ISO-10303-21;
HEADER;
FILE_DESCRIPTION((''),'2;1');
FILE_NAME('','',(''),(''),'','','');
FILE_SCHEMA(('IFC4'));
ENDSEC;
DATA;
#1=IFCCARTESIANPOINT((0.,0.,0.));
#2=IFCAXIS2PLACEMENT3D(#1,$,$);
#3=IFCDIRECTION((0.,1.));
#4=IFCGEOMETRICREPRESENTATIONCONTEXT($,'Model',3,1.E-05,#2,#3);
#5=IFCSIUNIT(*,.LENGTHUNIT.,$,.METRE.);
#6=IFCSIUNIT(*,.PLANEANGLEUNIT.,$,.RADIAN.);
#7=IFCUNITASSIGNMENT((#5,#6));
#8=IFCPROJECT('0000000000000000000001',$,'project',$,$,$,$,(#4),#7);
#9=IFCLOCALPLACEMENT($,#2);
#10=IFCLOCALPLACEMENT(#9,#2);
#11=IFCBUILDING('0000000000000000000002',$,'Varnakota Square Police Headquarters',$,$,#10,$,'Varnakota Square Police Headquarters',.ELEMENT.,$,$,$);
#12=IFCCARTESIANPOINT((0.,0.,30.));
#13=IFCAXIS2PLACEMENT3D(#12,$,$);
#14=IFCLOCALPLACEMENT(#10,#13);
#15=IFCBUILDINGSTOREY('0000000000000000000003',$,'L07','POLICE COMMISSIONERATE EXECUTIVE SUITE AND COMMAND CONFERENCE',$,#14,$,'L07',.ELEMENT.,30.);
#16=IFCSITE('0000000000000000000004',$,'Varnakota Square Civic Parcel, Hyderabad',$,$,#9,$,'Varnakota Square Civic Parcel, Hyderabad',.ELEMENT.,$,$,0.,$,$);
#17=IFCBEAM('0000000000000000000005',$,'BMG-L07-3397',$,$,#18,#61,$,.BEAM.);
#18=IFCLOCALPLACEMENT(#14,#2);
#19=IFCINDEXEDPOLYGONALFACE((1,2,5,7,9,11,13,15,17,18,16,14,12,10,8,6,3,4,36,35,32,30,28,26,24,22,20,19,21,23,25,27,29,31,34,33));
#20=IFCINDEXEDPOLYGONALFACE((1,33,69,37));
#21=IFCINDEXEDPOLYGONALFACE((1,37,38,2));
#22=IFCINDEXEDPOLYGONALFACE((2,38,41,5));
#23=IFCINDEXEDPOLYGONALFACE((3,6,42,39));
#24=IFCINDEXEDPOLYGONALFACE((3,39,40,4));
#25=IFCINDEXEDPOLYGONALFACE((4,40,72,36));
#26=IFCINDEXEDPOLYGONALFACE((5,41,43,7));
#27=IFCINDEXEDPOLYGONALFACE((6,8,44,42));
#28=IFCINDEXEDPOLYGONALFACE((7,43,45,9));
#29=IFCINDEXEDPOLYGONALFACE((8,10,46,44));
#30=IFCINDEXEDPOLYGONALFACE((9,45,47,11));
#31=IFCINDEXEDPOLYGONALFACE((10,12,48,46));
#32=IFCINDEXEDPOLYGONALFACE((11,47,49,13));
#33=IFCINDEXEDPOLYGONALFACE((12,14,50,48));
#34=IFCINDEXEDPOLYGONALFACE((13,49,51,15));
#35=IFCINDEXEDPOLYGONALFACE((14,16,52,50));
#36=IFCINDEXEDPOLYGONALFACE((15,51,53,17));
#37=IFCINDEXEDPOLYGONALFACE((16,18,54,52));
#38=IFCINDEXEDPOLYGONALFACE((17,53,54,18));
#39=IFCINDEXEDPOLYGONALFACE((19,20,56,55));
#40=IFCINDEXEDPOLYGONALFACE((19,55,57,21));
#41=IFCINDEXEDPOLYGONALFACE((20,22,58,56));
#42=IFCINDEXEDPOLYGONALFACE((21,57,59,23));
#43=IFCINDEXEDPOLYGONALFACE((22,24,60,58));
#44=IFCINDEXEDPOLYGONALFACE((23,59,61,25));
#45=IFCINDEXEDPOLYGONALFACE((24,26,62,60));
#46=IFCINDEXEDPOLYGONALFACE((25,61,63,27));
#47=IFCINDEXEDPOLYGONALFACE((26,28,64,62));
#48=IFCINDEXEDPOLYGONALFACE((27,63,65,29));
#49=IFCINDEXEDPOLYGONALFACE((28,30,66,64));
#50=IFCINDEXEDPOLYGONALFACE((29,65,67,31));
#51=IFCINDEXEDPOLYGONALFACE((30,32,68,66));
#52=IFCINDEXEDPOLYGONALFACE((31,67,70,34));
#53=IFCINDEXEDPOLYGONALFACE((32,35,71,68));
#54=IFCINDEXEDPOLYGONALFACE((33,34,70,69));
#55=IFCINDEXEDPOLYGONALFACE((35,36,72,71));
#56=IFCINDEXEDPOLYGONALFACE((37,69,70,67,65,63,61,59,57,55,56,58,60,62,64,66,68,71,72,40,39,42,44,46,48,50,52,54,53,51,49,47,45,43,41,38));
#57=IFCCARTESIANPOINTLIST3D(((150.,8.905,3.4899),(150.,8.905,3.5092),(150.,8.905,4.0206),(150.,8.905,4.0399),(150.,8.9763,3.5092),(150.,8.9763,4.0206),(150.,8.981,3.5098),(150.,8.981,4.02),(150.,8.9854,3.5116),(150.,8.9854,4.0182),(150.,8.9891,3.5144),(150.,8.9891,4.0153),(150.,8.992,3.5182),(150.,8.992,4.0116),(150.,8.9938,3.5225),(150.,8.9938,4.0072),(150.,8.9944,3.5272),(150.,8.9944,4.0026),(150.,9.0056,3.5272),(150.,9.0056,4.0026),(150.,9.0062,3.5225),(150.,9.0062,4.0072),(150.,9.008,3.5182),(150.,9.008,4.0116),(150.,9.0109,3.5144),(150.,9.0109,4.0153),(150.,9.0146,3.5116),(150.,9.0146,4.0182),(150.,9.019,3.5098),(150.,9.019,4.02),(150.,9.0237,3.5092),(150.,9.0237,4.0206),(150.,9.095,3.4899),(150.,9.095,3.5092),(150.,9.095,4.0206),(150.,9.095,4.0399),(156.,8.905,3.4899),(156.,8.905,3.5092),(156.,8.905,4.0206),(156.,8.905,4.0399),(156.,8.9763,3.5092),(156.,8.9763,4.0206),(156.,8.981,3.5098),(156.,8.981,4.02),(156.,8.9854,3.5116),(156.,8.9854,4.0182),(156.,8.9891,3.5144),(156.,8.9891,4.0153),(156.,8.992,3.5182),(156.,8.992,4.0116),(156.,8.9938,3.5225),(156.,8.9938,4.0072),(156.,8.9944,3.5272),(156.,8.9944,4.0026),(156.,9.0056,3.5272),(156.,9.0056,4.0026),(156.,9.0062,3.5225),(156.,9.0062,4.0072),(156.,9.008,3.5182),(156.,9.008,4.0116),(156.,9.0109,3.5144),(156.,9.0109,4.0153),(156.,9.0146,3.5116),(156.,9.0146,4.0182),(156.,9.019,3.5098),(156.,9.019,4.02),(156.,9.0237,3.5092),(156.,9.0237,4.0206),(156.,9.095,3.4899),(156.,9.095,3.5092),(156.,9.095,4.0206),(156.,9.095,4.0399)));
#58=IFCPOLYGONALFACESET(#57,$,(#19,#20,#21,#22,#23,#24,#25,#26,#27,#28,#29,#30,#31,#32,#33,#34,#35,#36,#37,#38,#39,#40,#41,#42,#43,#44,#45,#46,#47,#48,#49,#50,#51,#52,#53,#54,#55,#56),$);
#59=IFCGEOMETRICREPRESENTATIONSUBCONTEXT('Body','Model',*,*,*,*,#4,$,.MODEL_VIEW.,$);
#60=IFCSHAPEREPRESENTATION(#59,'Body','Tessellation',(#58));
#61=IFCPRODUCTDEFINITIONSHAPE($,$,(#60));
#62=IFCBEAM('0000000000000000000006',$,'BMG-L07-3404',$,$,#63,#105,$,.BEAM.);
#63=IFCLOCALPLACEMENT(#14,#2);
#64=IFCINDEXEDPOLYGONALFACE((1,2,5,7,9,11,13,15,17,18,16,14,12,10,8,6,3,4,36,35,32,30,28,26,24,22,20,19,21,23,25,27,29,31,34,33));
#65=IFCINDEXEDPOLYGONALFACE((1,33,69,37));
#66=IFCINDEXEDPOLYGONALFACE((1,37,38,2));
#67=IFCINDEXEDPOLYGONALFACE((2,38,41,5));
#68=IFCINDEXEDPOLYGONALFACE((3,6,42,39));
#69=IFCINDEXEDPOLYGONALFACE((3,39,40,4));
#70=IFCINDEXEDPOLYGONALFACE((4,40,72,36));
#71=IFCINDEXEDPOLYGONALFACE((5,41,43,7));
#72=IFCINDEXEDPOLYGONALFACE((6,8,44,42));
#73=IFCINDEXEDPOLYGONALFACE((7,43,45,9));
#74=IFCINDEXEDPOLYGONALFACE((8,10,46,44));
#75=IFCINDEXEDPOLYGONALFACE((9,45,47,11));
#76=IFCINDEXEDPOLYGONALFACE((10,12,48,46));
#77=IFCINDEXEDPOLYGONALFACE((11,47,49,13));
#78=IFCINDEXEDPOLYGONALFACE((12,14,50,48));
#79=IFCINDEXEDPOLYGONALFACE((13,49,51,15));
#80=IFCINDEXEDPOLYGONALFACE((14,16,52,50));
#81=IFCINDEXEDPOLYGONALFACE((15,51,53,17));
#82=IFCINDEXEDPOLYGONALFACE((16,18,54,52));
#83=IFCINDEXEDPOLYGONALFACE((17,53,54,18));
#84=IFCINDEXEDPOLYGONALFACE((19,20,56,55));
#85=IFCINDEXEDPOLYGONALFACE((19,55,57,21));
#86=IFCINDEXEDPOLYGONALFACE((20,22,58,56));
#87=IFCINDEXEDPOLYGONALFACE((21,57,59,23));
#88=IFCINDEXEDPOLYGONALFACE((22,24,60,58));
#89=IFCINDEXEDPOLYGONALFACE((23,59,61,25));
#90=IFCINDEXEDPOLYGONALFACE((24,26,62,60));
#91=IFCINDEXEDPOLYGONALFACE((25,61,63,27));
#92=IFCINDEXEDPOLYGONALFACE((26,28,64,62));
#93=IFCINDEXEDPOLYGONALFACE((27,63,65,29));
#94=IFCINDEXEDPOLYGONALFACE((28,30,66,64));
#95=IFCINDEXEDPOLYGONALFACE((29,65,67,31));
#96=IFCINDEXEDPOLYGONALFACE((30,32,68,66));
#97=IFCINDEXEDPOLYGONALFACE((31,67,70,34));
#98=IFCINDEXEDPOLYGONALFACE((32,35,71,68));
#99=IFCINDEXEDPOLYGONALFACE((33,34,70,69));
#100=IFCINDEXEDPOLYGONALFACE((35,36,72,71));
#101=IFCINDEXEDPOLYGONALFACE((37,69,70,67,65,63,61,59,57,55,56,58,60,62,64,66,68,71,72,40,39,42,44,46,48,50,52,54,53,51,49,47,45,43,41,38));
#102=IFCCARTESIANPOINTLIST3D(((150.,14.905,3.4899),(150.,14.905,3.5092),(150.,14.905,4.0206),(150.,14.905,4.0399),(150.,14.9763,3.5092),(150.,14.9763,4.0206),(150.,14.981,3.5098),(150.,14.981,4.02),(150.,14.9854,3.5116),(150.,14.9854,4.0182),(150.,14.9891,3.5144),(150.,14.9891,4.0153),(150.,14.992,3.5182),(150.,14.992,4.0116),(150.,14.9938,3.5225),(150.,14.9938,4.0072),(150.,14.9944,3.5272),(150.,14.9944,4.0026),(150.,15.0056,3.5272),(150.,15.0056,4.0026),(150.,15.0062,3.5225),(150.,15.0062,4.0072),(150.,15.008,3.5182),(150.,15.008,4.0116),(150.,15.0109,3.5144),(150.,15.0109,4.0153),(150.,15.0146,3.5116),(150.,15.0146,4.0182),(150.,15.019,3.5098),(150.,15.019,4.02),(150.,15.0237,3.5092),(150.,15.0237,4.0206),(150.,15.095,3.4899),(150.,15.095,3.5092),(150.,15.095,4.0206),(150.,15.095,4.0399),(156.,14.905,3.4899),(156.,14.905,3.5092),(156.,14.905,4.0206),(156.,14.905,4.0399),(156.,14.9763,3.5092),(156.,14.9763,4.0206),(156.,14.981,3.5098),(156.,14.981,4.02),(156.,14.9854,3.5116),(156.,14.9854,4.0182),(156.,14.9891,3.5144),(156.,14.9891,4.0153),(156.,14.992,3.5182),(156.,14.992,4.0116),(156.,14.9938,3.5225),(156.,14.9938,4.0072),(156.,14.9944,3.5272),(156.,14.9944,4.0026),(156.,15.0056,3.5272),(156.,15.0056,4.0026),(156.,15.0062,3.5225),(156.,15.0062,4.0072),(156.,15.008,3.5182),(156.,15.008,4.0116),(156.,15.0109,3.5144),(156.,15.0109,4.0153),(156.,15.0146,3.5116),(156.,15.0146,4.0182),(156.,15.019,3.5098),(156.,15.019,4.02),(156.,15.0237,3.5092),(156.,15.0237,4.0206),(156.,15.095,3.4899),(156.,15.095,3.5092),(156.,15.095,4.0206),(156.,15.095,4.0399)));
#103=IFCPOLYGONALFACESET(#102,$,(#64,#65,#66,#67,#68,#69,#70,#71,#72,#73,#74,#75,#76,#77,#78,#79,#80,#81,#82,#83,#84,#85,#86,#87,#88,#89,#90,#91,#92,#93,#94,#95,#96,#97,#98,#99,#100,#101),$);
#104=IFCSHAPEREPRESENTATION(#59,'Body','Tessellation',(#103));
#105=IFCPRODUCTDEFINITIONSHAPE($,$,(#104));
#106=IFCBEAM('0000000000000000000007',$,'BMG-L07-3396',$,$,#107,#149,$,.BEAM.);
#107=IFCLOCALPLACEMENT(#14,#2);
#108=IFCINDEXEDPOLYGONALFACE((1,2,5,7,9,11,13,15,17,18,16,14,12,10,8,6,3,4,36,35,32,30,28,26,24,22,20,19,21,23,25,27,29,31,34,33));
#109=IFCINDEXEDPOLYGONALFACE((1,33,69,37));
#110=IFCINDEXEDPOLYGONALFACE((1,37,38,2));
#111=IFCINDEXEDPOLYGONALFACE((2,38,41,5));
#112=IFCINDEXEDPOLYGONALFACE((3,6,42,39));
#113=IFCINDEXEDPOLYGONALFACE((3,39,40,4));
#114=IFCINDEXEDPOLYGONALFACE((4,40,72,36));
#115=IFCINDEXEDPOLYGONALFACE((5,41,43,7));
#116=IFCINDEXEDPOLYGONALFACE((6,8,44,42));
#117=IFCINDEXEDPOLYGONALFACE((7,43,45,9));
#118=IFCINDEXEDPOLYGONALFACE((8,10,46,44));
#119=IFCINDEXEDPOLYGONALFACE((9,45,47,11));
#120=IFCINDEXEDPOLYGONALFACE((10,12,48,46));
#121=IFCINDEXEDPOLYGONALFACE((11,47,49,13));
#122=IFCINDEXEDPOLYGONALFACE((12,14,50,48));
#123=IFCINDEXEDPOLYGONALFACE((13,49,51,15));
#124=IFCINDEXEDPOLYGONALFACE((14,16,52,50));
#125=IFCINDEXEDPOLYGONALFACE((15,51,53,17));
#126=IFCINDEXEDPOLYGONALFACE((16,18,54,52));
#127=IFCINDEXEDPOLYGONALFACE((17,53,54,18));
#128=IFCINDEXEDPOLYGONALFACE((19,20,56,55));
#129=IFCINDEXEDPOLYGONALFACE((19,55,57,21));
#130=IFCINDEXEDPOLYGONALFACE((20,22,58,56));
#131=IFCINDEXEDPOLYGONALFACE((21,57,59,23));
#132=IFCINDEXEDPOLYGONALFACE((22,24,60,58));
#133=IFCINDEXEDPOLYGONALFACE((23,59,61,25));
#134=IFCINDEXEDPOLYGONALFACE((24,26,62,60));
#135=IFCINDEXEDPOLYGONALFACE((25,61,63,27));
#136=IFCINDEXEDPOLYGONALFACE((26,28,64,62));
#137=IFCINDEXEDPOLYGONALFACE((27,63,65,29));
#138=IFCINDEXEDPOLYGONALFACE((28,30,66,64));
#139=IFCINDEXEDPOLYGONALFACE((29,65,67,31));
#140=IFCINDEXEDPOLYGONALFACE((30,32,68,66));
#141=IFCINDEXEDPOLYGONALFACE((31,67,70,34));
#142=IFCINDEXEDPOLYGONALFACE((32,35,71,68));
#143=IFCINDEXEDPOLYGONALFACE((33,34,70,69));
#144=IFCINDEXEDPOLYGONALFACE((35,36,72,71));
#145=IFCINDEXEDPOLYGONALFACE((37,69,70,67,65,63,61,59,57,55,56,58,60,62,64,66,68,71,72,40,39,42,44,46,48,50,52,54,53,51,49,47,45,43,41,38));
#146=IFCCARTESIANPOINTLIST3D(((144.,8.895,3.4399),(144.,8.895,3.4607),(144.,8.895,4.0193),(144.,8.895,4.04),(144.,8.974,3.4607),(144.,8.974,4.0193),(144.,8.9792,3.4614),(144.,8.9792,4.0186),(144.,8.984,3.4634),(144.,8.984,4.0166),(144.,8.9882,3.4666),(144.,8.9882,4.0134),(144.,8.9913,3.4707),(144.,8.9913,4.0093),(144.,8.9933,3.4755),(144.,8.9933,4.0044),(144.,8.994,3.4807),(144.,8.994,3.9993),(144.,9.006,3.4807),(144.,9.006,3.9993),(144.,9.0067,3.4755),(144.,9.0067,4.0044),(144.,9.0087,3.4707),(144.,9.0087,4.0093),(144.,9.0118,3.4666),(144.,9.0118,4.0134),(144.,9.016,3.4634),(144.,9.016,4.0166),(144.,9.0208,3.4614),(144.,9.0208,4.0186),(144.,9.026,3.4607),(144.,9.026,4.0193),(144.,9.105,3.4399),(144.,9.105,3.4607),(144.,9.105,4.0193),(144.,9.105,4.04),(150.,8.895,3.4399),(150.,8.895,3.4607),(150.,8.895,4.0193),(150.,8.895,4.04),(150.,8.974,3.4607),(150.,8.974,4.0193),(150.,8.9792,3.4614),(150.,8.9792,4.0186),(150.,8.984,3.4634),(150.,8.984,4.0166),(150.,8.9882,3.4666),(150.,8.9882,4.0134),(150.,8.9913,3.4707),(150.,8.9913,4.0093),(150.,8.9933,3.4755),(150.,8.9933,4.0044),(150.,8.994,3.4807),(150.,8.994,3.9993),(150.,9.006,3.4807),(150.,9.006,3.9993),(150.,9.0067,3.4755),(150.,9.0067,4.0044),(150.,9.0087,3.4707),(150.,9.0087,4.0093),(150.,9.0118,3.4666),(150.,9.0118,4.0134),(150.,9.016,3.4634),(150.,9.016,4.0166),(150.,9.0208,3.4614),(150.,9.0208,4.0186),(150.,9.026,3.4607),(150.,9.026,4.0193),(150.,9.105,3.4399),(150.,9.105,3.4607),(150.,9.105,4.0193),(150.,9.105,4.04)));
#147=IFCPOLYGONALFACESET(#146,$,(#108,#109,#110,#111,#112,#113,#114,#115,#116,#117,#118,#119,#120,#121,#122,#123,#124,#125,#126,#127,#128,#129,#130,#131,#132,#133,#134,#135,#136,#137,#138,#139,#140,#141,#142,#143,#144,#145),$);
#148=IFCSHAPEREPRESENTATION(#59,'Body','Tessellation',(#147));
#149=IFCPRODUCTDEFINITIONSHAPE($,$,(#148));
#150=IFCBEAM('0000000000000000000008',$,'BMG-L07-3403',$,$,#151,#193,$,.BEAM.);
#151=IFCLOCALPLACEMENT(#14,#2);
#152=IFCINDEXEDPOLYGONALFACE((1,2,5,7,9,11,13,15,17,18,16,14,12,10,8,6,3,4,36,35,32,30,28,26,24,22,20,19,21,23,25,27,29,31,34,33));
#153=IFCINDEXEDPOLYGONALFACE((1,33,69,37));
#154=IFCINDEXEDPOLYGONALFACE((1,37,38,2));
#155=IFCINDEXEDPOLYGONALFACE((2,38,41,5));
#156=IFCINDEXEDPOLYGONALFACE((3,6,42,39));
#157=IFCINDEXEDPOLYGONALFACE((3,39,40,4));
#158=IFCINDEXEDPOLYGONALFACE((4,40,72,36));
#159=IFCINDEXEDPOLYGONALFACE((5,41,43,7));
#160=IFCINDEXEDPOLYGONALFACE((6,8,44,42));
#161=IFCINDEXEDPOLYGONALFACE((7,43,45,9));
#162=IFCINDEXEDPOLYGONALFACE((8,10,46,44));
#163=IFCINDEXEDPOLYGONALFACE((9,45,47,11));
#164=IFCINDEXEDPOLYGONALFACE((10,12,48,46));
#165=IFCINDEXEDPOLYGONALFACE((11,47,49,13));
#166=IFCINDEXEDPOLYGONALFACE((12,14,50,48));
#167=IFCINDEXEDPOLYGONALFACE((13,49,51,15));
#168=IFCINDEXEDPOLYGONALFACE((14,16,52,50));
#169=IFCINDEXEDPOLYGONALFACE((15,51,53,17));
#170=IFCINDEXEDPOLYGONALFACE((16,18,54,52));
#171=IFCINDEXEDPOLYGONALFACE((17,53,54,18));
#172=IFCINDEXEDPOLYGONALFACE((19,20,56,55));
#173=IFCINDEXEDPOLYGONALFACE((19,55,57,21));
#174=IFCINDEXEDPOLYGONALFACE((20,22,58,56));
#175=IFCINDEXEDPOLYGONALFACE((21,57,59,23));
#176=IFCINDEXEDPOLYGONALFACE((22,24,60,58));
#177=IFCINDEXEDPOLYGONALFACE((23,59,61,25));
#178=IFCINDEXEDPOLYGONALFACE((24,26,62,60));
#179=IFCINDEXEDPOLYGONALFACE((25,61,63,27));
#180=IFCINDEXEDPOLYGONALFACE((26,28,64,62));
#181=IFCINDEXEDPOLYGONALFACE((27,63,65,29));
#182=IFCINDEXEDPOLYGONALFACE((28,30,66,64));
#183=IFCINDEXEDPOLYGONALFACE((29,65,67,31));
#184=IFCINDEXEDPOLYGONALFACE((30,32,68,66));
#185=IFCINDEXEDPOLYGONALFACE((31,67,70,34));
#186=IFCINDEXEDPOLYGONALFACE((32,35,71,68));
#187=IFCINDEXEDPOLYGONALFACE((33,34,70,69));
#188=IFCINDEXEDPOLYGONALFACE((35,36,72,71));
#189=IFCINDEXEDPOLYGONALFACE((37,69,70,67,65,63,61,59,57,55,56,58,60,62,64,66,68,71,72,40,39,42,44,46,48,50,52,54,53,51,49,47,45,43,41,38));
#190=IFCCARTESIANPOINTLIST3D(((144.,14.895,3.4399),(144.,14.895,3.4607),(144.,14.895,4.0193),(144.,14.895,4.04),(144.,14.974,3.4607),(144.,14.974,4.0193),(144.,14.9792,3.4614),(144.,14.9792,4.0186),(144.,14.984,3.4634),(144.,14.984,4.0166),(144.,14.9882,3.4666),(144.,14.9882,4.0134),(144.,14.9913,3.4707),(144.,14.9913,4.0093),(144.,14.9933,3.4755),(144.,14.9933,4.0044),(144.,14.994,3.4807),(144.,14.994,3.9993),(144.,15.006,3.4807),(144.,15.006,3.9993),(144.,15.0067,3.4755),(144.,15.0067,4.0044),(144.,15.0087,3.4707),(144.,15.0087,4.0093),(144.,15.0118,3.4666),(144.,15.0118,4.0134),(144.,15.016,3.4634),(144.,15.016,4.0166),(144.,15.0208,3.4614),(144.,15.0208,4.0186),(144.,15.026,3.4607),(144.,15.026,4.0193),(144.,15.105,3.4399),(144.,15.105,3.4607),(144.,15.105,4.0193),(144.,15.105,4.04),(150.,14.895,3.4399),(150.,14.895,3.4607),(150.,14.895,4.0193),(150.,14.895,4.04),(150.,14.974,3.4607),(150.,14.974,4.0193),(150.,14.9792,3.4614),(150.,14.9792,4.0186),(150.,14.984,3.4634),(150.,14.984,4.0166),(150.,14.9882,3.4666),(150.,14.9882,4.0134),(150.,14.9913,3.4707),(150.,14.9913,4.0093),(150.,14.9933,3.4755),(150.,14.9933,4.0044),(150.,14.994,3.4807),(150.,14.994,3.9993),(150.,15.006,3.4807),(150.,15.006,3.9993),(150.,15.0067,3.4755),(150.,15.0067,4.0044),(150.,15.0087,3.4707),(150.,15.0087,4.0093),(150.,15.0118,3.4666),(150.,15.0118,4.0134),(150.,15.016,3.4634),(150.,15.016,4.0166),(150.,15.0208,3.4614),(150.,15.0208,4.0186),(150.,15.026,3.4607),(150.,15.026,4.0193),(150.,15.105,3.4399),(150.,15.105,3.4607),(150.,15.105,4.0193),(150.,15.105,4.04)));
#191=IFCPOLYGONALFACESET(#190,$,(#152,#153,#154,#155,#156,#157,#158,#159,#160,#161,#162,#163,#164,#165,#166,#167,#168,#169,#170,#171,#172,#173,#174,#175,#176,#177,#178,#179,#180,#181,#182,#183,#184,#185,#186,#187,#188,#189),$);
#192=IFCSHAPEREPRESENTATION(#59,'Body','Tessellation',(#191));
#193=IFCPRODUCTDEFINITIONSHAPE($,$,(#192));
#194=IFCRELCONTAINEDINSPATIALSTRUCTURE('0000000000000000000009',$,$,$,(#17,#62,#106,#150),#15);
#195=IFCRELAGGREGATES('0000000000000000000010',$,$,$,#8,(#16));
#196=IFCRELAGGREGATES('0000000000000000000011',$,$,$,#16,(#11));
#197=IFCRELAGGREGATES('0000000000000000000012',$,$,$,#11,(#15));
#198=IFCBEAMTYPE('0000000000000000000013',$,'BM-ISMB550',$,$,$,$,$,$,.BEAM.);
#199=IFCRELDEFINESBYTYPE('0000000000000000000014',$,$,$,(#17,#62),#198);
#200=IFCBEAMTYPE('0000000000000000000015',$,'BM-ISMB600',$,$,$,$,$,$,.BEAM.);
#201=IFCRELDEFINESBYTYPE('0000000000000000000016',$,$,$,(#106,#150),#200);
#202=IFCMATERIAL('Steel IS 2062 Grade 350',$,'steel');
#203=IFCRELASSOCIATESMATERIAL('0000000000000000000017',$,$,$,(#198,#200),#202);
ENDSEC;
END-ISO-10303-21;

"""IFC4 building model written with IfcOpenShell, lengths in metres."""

from ifc_helpers import new_model, si_unit, direction, frame, origin, origin_2d, place, context, subcontext, project, spatial, i_section, extrude, material, material_profile, profile_set, type_object, element, save


model = new_model("IFC4")

# Units and contexts
model_context = context("Model", 3, precision=1e-05, world=origin(), true_north=direction((0.0, 1.0)))
body_context = subcontext(model_context, "Body", "Model", "MODEL_VIEW")
ifc_project = project(units=[si_unit("LENGTHUNIT", "METRE"), si_unit("PLANEANGLEUNIT", "RADIAN")], contexts=[model_context])

# Site, building, storey
site_placement = place(None, origin())
site = spatial("IfcSite", under=ifc_project, at=site_placement, Name="Varnakota Square Civic Parcel, Hyderabad", LongName="Varnakota Square Civic Parcel, Hyderabad", CompositionType="ELEMENT", RefElevation=0.0)
building_placement = place(site_placement, origin())
building = spatial("IfcBuilding", under=site, at=building_placement, Name="Varnakota Square Police Headquarters", LongName="Varnakota Square Police Headquarters", CompositionType="ELEMENT")
storey_placement = place(building_placement, frame((0.0, 0.0, 30.0)))
storey = spatial("IfcBuildingStorey", under=building, at=storey_placement, Name="L07", Description="POLICE COMMISSIONERATE EXECUTIVE SUITE AND COMMAND CONFERENCE", LongName="L07", CompositionType="ELEMENT", Elevation=30.0)

# Shared definitions
ifc_material_1 = material(Name="Steel IS 2062 Grade 350", Category="steel")

# Beams
ifc_material_profile_1 = material_profile(ifc_material_1, i_section(OverallWidth=0.1899, OverallDepth=0.55, WebThickness=0.0112, FlangeThickness=0.0193, FilletRadius=0.0181, at=origin_2d()), Name="ISMB 550")
ifc_profile_set_1 = profile_set([ifc_material_profile_1], Name="Steel IS 2062 Grade 350")
beam_type_1 = type_object("IfcBeamType", Name="BM-ISMB550", PredefinedType="BEAM", material=ifc_profile_set_1)
for number, where, z_axis, x_axis, name in (
    (1, (150.0, 9.0, 3.7649), (1.0, 0.0, 0.0), (0.0, 1.0, 0.0), "BMG-L07-3397"),
    (2, (150.0, 15.0, 3.7649), (1.0, 0.0, 0.0), (0.0, 1.0, 0.0), "BMG-L07-3404"),
):
    element("IfcBeam", number, at=place(storey_placement, frame(where, z_axis=z_axis, x_axis=x_axis)), inside=storey, type_object=beam_type_1, Name=name, PredefinedType="BEAM", context=body_context, shape_type="SweptSolid", body=[
        extrude(i_section(OverallWidth=0.1899, OverallDepth=0.55, WebThickness=0.0112, FlangeThickness=0.0193, FilletRadius=0.0181, at=origin_2d()), origin(), (0.0, 0.0, 1.0), 6.0),
    ])
ifc_material_profile_2 = material_profile(ifc_material_1, i_section(OverallWidth=0.21, OverallDepth=0.6001, WebThickness=0.012, FlangeThickness=0.0208, FilletRadius=0.02, at=origin_2d()), Name="ISMB 600")
ifc_profile_set_2 = profile_set([ifc_material_profile_2], Name="Steel IS 2062 Grade 350")
beam_type_2 = type_object("IfcBeamType", Name="BM-ISMB600", PredefinedType="BEAM", material=ifc_profile_set_2)
for number, where, z_axis, x_axis, name in (
    (3, (144.0, 9.0, 3.74), (1.0, 0.0, 0.0), (0.0, 1.0, 0.0), "BMG-L07-3396"),
    (4, (144.0, 15.0, 3.74), (1.0, 0.0, 0.0), (0.0, 1.0, 0.0), "BMG-L07-3403"),
):
    element("IfcBeam", number, at=place(storey_placement, frame(where, z_axis=z_axis, x_axis=x_axis)), inside=storey, type_object=beam_type_2, Name=name, PredefinedType="BEAM", context=body_context, shape_type="SweptSolid", body=[
        extrude(i_section(OverallWidth=0.21, OverallDepth=0.6001, WebThickness=0.012, FlangeThickness=0.0208, FilletRadius=0.02, at=origin_2d()), origin(), (0.0, 0.0, 1.0), 6.0),
    ])

save(model, "model.ifc")
